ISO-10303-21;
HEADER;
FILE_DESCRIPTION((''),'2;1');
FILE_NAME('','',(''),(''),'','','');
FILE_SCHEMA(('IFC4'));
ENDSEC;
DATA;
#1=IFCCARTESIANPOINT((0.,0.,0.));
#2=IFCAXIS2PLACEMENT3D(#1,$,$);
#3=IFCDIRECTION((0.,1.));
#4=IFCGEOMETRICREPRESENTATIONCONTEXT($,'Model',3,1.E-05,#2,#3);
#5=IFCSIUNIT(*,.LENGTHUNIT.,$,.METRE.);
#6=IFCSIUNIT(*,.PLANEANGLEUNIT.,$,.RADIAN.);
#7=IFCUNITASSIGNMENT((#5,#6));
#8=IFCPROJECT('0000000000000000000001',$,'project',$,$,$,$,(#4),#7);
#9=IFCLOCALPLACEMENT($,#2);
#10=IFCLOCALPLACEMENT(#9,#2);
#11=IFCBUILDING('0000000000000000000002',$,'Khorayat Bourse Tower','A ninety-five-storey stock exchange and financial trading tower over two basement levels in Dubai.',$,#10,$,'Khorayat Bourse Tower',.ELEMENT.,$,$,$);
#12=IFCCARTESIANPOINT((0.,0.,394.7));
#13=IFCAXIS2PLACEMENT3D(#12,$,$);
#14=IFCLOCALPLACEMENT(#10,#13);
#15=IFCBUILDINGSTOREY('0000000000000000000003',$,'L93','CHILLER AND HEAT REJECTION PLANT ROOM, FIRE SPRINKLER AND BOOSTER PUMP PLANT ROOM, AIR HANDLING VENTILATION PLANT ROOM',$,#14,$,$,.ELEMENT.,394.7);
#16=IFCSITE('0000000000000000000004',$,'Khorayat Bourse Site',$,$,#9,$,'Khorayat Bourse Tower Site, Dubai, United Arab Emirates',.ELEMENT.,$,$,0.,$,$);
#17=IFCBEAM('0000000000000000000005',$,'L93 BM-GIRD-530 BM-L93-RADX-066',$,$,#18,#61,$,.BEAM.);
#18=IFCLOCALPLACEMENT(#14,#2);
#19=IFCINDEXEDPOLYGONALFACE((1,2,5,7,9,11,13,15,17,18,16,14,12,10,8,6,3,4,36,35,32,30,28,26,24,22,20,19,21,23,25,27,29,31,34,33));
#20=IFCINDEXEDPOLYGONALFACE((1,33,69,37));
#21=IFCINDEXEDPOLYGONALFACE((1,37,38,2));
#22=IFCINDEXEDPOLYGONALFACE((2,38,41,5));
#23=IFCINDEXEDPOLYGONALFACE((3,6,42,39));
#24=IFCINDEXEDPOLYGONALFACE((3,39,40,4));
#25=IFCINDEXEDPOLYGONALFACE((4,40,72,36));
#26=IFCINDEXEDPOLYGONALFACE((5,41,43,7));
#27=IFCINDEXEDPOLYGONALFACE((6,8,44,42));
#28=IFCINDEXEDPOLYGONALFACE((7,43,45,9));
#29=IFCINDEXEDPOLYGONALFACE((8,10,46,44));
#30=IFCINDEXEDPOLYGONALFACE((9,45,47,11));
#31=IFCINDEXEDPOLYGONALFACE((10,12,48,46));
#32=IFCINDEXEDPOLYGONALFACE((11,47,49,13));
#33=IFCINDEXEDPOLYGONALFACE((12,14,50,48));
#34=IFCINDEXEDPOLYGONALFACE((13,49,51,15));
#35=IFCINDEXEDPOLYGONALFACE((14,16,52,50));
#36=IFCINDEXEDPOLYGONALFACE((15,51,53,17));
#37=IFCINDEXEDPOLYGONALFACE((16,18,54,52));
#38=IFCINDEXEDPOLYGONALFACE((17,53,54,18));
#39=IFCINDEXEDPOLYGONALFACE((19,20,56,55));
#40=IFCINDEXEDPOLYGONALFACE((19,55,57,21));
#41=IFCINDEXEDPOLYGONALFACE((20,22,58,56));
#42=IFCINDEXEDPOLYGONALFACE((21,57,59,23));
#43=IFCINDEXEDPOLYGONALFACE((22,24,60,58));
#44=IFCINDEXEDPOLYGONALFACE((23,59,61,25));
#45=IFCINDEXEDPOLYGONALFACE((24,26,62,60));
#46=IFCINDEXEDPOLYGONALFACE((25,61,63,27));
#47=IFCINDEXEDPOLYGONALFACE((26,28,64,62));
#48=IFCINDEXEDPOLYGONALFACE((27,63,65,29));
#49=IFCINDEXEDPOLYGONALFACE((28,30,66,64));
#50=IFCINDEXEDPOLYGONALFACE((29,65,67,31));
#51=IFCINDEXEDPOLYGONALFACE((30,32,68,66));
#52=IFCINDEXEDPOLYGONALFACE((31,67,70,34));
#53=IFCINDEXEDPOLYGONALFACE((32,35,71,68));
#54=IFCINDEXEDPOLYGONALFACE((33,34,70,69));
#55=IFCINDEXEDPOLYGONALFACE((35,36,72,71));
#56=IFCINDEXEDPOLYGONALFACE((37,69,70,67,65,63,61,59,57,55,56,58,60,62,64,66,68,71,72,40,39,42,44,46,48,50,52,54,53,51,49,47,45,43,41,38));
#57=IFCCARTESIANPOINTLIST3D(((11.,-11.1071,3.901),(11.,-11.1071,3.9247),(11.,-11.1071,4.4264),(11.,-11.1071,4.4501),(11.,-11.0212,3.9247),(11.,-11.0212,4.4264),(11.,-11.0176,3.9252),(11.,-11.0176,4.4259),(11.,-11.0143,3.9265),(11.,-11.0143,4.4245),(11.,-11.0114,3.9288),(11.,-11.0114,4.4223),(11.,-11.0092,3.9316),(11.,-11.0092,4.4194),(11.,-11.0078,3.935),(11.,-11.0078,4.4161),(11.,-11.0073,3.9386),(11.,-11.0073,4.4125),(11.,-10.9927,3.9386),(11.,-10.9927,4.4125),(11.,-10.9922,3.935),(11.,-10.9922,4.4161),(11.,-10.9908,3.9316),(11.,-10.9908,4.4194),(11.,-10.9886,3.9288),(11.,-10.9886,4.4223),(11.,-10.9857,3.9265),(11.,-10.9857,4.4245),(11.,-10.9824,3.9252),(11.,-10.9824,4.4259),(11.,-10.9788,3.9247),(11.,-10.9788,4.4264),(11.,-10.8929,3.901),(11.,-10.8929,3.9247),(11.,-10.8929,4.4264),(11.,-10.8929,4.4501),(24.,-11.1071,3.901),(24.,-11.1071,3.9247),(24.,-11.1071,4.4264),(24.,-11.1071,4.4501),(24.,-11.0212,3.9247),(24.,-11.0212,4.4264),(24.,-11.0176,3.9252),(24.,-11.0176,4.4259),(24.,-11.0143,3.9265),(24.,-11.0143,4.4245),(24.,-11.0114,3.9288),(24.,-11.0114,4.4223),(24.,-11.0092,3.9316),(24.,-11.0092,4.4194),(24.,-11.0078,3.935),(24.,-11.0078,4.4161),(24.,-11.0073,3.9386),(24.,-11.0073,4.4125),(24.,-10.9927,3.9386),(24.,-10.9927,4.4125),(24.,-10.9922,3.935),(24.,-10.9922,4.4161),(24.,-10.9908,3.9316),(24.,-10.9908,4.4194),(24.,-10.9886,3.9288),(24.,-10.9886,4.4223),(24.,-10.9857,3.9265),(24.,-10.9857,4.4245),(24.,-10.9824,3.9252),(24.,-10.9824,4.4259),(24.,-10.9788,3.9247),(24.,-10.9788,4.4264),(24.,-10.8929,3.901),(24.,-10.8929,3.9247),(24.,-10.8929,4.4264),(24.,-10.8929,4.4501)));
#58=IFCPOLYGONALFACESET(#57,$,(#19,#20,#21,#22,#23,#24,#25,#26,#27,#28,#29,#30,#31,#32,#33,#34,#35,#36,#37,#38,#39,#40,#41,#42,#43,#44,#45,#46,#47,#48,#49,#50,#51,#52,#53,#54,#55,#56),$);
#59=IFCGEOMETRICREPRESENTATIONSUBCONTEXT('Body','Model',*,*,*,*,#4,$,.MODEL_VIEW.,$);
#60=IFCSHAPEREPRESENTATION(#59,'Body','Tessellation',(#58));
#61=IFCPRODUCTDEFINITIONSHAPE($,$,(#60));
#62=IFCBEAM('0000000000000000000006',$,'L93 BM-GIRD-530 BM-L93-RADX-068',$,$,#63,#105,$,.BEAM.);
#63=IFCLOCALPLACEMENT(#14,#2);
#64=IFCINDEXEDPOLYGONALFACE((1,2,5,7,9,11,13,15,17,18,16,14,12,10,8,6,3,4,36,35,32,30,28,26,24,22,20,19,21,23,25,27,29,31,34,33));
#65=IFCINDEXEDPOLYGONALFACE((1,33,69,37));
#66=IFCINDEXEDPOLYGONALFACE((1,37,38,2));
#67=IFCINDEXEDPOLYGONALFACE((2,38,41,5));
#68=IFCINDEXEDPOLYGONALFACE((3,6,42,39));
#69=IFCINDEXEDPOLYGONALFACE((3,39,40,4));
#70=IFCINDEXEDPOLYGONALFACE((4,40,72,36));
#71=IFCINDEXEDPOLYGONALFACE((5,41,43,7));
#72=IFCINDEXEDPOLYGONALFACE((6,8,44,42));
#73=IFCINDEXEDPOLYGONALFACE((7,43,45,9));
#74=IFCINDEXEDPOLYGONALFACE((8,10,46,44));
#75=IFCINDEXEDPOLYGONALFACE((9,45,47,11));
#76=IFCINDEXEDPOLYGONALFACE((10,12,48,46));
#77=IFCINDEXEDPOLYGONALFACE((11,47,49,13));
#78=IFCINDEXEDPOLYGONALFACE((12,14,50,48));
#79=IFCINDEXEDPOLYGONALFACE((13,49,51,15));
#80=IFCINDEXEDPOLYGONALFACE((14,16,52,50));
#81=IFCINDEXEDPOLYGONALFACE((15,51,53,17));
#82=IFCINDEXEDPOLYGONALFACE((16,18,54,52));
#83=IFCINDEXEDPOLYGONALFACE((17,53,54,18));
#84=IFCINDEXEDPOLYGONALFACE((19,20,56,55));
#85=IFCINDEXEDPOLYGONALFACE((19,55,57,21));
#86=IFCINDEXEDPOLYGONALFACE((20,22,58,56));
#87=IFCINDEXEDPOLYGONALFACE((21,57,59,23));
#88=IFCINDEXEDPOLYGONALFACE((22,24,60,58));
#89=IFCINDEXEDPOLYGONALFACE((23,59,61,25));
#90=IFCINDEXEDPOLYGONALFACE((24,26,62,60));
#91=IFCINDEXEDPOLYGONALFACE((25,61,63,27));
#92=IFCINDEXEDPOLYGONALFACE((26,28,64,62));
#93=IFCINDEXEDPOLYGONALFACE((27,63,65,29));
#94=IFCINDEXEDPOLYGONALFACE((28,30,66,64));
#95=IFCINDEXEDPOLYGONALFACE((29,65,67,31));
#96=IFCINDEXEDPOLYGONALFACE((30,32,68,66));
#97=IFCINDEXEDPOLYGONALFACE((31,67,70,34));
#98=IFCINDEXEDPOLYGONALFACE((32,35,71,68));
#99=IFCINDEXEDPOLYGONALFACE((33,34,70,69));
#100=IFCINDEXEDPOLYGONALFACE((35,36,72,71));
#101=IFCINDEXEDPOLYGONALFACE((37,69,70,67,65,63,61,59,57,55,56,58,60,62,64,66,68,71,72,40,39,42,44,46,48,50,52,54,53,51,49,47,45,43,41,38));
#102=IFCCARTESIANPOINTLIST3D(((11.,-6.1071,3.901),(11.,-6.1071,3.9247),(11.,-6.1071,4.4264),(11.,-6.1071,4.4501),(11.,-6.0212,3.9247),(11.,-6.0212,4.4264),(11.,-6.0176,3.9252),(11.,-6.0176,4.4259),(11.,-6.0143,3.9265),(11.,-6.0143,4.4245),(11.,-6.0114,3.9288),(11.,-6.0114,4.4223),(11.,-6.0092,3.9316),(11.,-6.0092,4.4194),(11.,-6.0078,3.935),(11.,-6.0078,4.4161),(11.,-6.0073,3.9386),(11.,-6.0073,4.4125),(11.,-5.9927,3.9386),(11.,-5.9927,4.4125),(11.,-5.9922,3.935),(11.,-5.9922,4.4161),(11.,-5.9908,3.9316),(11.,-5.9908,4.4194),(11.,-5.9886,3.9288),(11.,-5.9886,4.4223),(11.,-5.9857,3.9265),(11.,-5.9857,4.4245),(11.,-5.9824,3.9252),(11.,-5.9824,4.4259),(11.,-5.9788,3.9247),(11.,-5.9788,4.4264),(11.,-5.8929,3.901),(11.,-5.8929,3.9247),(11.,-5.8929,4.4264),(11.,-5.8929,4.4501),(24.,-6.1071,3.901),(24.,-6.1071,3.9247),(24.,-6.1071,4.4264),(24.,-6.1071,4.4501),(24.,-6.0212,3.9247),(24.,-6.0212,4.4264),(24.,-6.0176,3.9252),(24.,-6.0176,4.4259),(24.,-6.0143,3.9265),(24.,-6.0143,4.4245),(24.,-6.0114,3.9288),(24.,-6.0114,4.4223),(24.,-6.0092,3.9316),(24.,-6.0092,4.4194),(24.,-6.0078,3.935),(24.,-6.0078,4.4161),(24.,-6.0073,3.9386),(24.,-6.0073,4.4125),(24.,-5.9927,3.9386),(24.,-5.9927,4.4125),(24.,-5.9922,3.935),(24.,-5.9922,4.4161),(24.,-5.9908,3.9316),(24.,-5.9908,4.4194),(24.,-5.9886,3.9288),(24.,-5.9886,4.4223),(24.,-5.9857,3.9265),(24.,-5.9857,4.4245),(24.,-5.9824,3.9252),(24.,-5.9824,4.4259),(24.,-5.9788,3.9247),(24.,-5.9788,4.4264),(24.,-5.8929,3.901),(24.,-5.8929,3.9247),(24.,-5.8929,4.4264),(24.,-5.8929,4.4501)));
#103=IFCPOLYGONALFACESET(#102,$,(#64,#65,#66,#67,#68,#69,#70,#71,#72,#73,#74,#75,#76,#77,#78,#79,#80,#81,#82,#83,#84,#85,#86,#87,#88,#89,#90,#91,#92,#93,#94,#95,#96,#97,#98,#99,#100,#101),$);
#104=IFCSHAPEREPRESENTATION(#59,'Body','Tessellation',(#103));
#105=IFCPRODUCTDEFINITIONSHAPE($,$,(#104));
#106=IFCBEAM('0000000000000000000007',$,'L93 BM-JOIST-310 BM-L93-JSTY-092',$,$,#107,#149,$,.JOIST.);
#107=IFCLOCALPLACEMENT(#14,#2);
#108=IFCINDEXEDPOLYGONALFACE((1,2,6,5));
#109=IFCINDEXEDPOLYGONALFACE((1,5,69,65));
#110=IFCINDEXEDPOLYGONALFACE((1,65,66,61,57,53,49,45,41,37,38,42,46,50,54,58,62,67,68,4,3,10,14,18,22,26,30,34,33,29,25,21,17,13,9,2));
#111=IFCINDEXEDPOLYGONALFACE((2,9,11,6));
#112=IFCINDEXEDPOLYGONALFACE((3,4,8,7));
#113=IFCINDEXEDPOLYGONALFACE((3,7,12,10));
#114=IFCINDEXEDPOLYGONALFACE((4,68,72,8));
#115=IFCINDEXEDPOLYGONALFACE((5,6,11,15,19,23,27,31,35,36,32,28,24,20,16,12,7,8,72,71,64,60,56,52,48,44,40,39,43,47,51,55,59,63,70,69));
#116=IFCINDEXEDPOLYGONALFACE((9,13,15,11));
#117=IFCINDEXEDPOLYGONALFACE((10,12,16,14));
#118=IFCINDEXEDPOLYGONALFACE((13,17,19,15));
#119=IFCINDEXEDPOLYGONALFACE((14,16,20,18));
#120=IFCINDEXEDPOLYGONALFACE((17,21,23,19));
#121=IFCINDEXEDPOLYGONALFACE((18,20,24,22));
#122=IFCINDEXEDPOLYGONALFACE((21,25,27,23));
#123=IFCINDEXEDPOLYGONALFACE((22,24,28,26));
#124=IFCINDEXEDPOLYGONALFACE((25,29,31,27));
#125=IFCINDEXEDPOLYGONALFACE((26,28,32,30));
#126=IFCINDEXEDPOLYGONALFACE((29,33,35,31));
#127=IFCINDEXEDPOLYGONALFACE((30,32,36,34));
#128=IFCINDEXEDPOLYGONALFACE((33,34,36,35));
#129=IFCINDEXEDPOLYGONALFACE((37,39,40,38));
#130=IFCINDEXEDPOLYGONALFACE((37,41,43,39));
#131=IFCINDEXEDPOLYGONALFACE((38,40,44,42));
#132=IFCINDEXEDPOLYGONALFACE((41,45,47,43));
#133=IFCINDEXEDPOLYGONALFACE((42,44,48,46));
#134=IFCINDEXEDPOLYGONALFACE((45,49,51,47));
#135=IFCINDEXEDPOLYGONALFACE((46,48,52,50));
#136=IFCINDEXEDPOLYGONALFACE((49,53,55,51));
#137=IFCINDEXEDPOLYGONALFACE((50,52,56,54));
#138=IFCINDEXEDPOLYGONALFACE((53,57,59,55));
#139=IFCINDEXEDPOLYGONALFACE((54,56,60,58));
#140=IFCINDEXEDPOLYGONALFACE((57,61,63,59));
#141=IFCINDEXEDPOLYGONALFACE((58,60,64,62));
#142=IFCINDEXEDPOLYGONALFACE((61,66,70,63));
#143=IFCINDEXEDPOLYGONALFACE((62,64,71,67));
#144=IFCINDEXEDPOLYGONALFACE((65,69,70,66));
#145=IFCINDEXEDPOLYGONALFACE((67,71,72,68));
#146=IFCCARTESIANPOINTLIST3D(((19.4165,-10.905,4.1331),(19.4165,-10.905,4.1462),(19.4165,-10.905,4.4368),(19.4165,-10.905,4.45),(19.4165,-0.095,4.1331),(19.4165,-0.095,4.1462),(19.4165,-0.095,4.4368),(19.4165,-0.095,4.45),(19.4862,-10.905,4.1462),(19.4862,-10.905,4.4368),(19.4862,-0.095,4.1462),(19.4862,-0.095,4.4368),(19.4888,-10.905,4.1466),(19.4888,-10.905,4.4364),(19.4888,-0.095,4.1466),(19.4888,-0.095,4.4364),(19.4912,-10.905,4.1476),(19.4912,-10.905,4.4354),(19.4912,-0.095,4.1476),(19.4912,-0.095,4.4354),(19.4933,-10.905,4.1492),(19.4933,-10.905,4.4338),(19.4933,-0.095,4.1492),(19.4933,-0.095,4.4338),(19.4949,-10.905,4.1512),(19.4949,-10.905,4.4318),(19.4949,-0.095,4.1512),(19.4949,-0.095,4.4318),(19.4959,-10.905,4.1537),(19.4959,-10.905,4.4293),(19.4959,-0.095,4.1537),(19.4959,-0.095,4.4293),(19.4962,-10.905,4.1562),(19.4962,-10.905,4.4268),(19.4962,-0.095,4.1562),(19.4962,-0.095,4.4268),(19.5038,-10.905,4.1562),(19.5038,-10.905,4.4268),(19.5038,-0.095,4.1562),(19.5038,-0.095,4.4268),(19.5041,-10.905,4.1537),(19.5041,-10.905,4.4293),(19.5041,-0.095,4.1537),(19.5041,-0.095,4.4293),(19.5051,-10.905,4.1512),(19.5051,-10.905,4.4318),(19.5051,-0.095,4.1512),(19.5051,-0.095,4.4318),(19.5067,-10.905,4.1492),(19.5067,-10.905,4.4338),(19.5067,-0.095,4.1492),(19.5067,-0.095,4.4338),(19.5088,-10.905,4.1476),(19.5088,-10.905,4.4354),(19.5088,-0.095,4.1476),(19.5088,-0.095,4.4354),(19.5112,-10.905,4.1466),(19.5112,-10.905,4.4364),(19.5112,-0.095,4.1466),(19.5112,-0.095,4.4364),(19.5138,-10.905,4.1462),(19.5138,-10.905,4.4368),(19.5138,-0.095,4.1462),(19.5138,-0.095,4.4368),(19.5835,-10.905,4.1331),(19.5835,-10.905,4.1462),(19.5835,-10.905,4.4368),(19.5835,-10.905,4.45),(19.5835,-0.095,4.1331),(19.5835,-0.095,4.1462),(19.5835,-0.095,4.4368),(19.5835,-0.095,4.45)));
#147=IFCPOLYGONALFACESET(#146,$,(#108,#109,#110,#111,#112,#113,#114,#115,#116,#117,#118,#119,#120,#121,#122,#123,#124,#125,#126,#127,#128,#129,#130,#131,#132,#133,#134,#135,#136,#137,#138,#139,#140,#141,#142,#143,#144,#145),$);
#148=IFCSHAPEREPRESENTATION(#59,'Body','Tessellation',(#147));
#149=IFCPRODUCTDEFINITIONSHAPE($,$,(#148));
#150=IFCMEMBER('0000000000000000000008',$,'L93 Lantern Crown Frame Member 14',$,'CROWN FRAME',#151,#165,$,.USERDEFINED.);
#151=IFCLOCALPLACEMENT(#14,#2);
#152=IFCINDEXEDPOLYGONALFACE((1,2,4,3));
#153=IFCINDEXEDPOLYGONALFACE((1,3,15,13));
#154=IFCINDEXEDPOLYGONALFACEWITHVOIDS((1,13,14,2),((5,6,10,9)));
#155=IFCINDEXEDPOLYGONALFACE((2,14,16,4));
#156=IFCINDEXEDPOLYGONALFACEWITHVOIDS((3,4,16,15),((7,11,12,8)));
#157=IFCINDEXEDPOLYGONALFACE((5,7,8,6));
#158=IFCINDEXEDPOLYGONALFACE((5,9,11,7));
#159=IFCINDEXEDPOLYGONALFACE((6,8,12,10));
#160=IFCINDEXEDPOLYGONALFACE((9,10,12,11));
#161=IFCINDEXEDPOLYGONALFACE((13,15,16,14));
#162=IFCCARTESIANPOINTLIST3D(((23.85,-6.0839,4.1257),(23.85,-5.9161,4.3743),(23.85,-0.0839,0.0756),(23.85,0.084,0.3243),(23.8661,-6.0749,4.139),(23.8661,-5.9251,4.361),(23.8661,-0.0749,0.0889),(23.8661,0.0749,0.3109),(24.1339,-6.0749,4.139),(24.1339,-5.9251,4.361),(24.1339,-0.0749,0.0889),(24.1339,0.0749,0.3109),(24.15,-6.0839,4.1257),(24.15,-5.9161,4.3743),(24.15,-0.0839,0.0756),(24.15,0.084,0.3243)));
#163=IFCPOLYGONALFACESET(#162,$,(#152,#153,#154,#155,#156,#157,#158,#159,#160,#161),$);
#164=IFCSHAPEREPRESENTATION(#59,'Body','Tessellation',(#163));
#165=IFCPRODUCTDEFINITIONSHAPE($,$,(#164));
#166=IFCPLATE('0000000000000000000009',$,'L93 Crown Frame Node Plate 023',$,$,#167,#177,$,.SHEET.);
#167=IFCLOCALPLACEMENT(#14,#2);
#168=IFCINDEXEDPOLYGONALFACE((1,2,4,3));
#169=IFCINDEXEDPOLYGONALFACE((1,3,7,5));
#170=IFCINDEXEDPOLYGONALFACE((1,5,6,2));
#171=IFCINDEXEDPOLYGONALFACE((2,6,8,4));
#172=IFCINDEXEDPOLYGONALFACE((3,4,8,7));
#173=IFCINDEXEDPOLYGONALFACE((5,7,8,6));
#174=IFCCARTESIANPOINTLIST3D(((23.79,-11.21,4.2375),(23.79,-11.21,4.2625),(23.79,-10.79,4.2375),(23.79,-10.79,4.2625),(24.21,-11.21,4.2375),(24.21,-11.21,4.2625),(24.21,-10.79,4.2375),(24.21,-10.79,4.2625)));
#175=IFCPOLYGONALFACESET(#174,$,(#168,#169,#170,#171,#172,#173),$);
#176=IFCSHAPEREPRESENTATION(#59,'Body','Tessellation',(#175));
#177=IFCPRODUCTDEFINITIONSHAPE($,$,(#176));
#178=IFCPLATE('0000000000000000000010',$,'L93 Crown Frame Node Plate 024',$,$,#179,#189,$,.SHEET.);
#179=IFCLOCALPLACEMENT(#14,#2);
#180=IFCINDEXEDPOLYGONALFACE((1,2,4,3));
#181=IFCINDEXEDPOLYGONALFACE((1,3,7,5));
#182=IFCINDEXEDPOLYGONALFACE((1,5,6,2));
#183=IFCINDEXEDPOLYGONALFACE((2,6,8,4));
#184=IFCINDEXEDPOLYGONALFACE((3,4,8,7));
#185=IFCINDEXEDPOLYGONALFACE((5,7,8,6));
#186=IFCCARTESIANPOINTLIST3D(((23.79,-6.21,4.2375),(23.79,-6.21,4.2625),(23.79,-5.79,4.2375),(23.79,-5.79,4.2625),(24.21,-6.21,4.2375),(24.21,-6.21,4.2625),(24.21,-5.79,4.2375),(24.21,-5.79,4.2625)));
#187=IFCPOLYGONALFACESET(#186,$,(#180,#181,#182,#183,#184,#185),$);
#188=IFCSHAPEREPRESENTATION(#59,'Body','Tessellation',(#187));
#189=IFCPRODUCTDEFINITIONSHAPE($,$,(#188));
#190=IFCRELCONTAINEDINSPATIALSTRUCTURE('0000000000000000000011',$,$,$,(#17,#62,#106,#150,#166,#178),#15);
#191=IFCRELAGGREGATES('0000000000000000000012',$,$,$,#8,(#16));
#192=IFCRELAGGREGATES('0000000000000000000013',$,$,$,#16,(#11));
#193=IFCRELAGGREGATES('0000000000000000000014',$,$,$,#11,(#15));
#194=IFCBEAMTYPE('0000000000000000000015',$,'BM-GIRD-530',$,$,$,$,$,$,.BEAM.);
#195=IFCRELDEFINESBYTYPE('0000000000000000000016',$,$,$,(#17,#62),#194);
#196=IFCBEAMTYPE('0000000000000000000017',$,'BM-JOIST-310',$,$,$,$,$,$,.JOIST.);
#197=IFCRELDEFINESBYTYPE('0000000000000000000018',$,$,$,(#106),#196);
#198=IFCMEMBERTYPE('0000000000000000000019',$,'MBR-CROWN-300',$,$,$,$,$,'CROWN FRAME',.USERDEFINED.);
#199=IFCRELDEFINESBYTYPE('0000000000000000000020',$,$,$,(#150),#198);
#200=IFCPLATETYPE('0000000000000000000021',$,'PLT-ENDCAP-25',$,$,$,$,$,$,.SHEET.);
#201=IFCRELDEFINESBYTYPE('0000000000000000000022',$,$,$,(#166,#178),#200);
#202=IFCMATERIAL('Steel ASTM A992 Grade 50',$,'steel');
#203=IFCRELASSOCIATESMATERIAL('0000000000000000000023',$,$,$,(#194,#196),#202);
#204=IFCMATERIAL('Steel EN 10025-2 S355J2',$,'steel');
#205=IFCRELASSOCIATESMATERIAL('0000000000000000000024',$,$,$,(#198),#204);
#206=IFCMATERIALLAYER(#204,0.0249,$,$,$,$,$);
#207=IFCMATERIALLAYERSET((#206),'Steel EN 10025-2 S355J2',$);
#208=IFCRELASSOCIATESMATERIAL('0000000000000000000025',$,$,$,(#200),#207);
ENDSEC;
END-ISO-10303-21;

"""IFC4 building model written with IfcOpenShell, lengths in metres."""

from ifc_helpers import new_model, si_unit, direction, frame, origin, origin_2d, place, context, subcontext, project, spatial, rectangle, hollow_rectangle, i_section, extrude, source, transform, mapped, material, layer, layer_set, material_profile, profile_set, type_object, element, save


model = new_model("IFC4")

# Units and contexts
model_context = context("Model", 3, precision=1e-05, world=origin(), true_north=direction((0.0, 1.0)))
body_context = subcontext(model_context, "Body", "Model", "MODEL_VIEW")
ifc_project = project(units=[si_unit("LENGTHUNIT", "METRE"), si_unit("PLANEANGLEUNIT", "RADIAN")], contexts=[model_context])

# Site, building, storey
site_placement = place(None, origin())
site = spatial("IfcSite", under=ifc_project, at=site_placement, Name="Khorayat Bourse Site", LongName="Khorayat Bourse Tower Site, Dubai, United Arab Emirates", CompositionType="ELEMENT", RefElevation=0.0)
building_placement = place(site_placement, origin())
building = spatial("IfcBuilding", under=site, at=building_placement, Name="Khorayat Bourse Tower", Description="A ninety-five-storey stock exchange and financial trading tower over two basement levels in Dubai.", LongName="Khorayat Bourse Tower", CompositionType="ELEMENT")
storey_placement = place(building_placement, frame((0.0, 0.0, 394.7)))
storey = spatial("IfcBuildingStorey", under=building, at=storey_placement, Name="L93", Description="CHILLER AND HEAT REJECTION PLANT ROOM, FIRE SPRINKLER AND BOOSTER PUMP PLANT ROOM, AIR HANDLING VENTILATION PLANT ROOM", CompositionType="ELEMENT", Elevation=394.7)

# Shared definitions
ifc_material_1 = material(Name="Steel EN 10025-2 S355J2", Category="steel")

# Beams
ifc_material_2 = material(Name="Steel ASTM A992 Grade 50", Category="steel")
ifc_material_profile_1 = material_profile(ifc_material_2, i_section(OverallWidth=0.2141, OverallDepth=0.5491, WebThickness=0.0146, FlangeThickness=0.0237, FilletRadius=0.0139, at=origin_2d()), Name="W530X138")
ifc_profile_set_1 = profile_set([ifc_material_profile_1], Name="Steel ASTM A992 Grade 50")
beam_type_1 = type_object("IfcBeamType", Name="BM-GIRD-530", PredefinedType="BEAM", material=ifc_profile_set_1)
shared_shape_1 = source(origin(), body_context, "Body", "SweptSolid", [
    extrude(i_section(OverallWidth=0.2141, OverallDepth=0.5491, WebThickness=0.0146, FlangeThickness=0.0237, FilletRadius=0.0139, at=origin_2d()), origin(), (0.0, 0.0, 1.0), 13.0),
])
for number, where, z_axis, x_axis, name in (
    (1, (11.0, -11.0, 4.1755), (1.0, 0.0, 0.0), (0.0, 1.0, 0.0), "L93 BM-GIRD-530 BM-L93-RADX-066"),
    (2, (11.0, -6.0, 4.1755), (1.0, 0.0, 0.0), (0.0, 1.0, 0.0), "L93 BM-GIRD-530 BM-L93-RADX-068"),
):
    element("IfcBeam", number, at=place(storey_placement, frame(where, z_axis=z_axis, x_axis=x_axis)), inside=storey, type_object=beam_type_1, Name=name, PredefinedType="BEAM", context=body_context, shape_type="MappedRepresentation", body=[
        mapped(shared_shape_1, transform((0.0, 0.0, 0.0), scale=1.0)),
    ])
ifc_material_profile_2 = material_profile(ifc_material_2, i_section(OverallWidth=0.167, OverallDepth=0.3169, WebThickness=0.0076, FlangeThickness=0.0132, FilletRadius=0.01, at=origin_2d()), Name="W310X52")
ifc_profile_set_2 = profile_set([ifc_material_profile_2], Name="Steel ASTM A992 Grade 50")
beam_type_2 = type_object("IfcBeamType", Name="BM-JOIST-310", PredefinedType="JOIST", material=ifc_profile_set_2)
shared_shape_2 = source(origin(), body_context, "Body", "SweptSolid", [
    extrude(i_section(OverallWidth=0.167, OverallDepth=0.3169, WebThickness=0.0076, FlangeThickness=0.0132, FilletRadius=0.01, at=origin_2d()), origin(), (0.0, 0.0, 1.0), 10.8101),
])
beam_1_placement = place(storey_placement, frame((19.5, -10.905, 4.2915), z_axis=(0.0, 1.0, 0.0), x_axis=(-1.0, 0.0, 0.0)))
element("IfcBeam", 3, at=beam_1_placement, inside=storey, type_object=beam_type_2, Name="L93 BM-JOIST-310 BM-L93-JSTY-092", PredefinedType="JOIST", context=body_context, shape_type="MappedRepresentation", body=[
    mapped(shared_shape_2, transform((0.0, 0.0, 0.0), scale=1.0)),
])

# Member
ifc_material_profile_3 = material_profile(ifc_material_1, hollow_rectangle(XDim=0.3, YDim=0.3, WallThickness=0.0161, at=origin_2d()), Name="HSS 300x300x16")
ifc_profile_set_3 = profile_set([ifc_material_profile_3], Name="Steel EN 10025-2 S355J2")
member_type = type_object("IfcMemberType", Name="MBR-CROWN-300", ElementType="CROWN FRAME", PredefinedType="USERDEFINED", material=ifc_profile_set_3)
shared_shape_3 = source(origin(), body_context, "Body", "SweptSolid", [
    extrude(hollow_rectangle(XDim=0.3, YDim=0.3, WallThickness=0.0161, at=origin_2d()), origin(), (0.0, 0.0, 1.0), 7.239),
])
member_placement = place(storey_placement, frame((24.0, -6.0, 4.25), z_axis=(0.0, 0.828846, -0.559477), x_axis=(-1.0, 0.0, 0.0)))
element("IfcMember", 4, at=member_placement, inside=storey, type_object=member_type, Name="L93 Lantern Crown Frame Member 14", ObjectType="CROWN FRAME", PredefinedType="USERDEFINED", context=body_context, shape_type="MappedRepresentation", body=[
    mapped(shared_shape_3, transform((0.0, 0.0, 0.0), scale=1.0)),
])

# Plates
ifc_layer_1 = layer(ifc_material_1, 0.0249)
ifc_layer_set_1 = layer_set([ifc_layer_1], Name="Steel EN 10025-2 S355J2")
plate_type_1 = type_object("IfcPlateType", Name="PLT-ENDCAP-25", PredefinedType="SHEET", material=ifc_layer_set_1)
shared_shape_4 = source(origin(), body_context, "Body", "SweptSolid", [
    extrude(rectangle(XDim=0.4199, YDim=0.4199, at=origin_2d()), origin(), (0.0, 0.0, 1.0), 0.0249),
])
for number, where, z_axis, x_axis, name in (
    (5, (24.0, -11.0, 4.2375), (0.0, 0.0, 1.0), (1.0, 0.0, 0.0), "L93 Crown Frame Node Plate 023"),
    (6, (24.0, -6.0, 4.2375), (0.0, 0.0, 1.0), (1.0, 0.0, 0.0), "L93 Crown Frame Node Plate 024"),
):
    element("IfcPlate", number, at=place(storey_placement, frame(where, z_axis=z_axis, x_axis=x_axis)), inside=storey, type_object=plate_type_1, Name=name, PredefinedType="SHEET", context=body_context, shape_type="MappedRepresentation", body=[
        mapped(shared_shape_4, transform((0.0, 0.0, 0.0), scale=1.0)),
    ])

save(model, "model.ifc")
